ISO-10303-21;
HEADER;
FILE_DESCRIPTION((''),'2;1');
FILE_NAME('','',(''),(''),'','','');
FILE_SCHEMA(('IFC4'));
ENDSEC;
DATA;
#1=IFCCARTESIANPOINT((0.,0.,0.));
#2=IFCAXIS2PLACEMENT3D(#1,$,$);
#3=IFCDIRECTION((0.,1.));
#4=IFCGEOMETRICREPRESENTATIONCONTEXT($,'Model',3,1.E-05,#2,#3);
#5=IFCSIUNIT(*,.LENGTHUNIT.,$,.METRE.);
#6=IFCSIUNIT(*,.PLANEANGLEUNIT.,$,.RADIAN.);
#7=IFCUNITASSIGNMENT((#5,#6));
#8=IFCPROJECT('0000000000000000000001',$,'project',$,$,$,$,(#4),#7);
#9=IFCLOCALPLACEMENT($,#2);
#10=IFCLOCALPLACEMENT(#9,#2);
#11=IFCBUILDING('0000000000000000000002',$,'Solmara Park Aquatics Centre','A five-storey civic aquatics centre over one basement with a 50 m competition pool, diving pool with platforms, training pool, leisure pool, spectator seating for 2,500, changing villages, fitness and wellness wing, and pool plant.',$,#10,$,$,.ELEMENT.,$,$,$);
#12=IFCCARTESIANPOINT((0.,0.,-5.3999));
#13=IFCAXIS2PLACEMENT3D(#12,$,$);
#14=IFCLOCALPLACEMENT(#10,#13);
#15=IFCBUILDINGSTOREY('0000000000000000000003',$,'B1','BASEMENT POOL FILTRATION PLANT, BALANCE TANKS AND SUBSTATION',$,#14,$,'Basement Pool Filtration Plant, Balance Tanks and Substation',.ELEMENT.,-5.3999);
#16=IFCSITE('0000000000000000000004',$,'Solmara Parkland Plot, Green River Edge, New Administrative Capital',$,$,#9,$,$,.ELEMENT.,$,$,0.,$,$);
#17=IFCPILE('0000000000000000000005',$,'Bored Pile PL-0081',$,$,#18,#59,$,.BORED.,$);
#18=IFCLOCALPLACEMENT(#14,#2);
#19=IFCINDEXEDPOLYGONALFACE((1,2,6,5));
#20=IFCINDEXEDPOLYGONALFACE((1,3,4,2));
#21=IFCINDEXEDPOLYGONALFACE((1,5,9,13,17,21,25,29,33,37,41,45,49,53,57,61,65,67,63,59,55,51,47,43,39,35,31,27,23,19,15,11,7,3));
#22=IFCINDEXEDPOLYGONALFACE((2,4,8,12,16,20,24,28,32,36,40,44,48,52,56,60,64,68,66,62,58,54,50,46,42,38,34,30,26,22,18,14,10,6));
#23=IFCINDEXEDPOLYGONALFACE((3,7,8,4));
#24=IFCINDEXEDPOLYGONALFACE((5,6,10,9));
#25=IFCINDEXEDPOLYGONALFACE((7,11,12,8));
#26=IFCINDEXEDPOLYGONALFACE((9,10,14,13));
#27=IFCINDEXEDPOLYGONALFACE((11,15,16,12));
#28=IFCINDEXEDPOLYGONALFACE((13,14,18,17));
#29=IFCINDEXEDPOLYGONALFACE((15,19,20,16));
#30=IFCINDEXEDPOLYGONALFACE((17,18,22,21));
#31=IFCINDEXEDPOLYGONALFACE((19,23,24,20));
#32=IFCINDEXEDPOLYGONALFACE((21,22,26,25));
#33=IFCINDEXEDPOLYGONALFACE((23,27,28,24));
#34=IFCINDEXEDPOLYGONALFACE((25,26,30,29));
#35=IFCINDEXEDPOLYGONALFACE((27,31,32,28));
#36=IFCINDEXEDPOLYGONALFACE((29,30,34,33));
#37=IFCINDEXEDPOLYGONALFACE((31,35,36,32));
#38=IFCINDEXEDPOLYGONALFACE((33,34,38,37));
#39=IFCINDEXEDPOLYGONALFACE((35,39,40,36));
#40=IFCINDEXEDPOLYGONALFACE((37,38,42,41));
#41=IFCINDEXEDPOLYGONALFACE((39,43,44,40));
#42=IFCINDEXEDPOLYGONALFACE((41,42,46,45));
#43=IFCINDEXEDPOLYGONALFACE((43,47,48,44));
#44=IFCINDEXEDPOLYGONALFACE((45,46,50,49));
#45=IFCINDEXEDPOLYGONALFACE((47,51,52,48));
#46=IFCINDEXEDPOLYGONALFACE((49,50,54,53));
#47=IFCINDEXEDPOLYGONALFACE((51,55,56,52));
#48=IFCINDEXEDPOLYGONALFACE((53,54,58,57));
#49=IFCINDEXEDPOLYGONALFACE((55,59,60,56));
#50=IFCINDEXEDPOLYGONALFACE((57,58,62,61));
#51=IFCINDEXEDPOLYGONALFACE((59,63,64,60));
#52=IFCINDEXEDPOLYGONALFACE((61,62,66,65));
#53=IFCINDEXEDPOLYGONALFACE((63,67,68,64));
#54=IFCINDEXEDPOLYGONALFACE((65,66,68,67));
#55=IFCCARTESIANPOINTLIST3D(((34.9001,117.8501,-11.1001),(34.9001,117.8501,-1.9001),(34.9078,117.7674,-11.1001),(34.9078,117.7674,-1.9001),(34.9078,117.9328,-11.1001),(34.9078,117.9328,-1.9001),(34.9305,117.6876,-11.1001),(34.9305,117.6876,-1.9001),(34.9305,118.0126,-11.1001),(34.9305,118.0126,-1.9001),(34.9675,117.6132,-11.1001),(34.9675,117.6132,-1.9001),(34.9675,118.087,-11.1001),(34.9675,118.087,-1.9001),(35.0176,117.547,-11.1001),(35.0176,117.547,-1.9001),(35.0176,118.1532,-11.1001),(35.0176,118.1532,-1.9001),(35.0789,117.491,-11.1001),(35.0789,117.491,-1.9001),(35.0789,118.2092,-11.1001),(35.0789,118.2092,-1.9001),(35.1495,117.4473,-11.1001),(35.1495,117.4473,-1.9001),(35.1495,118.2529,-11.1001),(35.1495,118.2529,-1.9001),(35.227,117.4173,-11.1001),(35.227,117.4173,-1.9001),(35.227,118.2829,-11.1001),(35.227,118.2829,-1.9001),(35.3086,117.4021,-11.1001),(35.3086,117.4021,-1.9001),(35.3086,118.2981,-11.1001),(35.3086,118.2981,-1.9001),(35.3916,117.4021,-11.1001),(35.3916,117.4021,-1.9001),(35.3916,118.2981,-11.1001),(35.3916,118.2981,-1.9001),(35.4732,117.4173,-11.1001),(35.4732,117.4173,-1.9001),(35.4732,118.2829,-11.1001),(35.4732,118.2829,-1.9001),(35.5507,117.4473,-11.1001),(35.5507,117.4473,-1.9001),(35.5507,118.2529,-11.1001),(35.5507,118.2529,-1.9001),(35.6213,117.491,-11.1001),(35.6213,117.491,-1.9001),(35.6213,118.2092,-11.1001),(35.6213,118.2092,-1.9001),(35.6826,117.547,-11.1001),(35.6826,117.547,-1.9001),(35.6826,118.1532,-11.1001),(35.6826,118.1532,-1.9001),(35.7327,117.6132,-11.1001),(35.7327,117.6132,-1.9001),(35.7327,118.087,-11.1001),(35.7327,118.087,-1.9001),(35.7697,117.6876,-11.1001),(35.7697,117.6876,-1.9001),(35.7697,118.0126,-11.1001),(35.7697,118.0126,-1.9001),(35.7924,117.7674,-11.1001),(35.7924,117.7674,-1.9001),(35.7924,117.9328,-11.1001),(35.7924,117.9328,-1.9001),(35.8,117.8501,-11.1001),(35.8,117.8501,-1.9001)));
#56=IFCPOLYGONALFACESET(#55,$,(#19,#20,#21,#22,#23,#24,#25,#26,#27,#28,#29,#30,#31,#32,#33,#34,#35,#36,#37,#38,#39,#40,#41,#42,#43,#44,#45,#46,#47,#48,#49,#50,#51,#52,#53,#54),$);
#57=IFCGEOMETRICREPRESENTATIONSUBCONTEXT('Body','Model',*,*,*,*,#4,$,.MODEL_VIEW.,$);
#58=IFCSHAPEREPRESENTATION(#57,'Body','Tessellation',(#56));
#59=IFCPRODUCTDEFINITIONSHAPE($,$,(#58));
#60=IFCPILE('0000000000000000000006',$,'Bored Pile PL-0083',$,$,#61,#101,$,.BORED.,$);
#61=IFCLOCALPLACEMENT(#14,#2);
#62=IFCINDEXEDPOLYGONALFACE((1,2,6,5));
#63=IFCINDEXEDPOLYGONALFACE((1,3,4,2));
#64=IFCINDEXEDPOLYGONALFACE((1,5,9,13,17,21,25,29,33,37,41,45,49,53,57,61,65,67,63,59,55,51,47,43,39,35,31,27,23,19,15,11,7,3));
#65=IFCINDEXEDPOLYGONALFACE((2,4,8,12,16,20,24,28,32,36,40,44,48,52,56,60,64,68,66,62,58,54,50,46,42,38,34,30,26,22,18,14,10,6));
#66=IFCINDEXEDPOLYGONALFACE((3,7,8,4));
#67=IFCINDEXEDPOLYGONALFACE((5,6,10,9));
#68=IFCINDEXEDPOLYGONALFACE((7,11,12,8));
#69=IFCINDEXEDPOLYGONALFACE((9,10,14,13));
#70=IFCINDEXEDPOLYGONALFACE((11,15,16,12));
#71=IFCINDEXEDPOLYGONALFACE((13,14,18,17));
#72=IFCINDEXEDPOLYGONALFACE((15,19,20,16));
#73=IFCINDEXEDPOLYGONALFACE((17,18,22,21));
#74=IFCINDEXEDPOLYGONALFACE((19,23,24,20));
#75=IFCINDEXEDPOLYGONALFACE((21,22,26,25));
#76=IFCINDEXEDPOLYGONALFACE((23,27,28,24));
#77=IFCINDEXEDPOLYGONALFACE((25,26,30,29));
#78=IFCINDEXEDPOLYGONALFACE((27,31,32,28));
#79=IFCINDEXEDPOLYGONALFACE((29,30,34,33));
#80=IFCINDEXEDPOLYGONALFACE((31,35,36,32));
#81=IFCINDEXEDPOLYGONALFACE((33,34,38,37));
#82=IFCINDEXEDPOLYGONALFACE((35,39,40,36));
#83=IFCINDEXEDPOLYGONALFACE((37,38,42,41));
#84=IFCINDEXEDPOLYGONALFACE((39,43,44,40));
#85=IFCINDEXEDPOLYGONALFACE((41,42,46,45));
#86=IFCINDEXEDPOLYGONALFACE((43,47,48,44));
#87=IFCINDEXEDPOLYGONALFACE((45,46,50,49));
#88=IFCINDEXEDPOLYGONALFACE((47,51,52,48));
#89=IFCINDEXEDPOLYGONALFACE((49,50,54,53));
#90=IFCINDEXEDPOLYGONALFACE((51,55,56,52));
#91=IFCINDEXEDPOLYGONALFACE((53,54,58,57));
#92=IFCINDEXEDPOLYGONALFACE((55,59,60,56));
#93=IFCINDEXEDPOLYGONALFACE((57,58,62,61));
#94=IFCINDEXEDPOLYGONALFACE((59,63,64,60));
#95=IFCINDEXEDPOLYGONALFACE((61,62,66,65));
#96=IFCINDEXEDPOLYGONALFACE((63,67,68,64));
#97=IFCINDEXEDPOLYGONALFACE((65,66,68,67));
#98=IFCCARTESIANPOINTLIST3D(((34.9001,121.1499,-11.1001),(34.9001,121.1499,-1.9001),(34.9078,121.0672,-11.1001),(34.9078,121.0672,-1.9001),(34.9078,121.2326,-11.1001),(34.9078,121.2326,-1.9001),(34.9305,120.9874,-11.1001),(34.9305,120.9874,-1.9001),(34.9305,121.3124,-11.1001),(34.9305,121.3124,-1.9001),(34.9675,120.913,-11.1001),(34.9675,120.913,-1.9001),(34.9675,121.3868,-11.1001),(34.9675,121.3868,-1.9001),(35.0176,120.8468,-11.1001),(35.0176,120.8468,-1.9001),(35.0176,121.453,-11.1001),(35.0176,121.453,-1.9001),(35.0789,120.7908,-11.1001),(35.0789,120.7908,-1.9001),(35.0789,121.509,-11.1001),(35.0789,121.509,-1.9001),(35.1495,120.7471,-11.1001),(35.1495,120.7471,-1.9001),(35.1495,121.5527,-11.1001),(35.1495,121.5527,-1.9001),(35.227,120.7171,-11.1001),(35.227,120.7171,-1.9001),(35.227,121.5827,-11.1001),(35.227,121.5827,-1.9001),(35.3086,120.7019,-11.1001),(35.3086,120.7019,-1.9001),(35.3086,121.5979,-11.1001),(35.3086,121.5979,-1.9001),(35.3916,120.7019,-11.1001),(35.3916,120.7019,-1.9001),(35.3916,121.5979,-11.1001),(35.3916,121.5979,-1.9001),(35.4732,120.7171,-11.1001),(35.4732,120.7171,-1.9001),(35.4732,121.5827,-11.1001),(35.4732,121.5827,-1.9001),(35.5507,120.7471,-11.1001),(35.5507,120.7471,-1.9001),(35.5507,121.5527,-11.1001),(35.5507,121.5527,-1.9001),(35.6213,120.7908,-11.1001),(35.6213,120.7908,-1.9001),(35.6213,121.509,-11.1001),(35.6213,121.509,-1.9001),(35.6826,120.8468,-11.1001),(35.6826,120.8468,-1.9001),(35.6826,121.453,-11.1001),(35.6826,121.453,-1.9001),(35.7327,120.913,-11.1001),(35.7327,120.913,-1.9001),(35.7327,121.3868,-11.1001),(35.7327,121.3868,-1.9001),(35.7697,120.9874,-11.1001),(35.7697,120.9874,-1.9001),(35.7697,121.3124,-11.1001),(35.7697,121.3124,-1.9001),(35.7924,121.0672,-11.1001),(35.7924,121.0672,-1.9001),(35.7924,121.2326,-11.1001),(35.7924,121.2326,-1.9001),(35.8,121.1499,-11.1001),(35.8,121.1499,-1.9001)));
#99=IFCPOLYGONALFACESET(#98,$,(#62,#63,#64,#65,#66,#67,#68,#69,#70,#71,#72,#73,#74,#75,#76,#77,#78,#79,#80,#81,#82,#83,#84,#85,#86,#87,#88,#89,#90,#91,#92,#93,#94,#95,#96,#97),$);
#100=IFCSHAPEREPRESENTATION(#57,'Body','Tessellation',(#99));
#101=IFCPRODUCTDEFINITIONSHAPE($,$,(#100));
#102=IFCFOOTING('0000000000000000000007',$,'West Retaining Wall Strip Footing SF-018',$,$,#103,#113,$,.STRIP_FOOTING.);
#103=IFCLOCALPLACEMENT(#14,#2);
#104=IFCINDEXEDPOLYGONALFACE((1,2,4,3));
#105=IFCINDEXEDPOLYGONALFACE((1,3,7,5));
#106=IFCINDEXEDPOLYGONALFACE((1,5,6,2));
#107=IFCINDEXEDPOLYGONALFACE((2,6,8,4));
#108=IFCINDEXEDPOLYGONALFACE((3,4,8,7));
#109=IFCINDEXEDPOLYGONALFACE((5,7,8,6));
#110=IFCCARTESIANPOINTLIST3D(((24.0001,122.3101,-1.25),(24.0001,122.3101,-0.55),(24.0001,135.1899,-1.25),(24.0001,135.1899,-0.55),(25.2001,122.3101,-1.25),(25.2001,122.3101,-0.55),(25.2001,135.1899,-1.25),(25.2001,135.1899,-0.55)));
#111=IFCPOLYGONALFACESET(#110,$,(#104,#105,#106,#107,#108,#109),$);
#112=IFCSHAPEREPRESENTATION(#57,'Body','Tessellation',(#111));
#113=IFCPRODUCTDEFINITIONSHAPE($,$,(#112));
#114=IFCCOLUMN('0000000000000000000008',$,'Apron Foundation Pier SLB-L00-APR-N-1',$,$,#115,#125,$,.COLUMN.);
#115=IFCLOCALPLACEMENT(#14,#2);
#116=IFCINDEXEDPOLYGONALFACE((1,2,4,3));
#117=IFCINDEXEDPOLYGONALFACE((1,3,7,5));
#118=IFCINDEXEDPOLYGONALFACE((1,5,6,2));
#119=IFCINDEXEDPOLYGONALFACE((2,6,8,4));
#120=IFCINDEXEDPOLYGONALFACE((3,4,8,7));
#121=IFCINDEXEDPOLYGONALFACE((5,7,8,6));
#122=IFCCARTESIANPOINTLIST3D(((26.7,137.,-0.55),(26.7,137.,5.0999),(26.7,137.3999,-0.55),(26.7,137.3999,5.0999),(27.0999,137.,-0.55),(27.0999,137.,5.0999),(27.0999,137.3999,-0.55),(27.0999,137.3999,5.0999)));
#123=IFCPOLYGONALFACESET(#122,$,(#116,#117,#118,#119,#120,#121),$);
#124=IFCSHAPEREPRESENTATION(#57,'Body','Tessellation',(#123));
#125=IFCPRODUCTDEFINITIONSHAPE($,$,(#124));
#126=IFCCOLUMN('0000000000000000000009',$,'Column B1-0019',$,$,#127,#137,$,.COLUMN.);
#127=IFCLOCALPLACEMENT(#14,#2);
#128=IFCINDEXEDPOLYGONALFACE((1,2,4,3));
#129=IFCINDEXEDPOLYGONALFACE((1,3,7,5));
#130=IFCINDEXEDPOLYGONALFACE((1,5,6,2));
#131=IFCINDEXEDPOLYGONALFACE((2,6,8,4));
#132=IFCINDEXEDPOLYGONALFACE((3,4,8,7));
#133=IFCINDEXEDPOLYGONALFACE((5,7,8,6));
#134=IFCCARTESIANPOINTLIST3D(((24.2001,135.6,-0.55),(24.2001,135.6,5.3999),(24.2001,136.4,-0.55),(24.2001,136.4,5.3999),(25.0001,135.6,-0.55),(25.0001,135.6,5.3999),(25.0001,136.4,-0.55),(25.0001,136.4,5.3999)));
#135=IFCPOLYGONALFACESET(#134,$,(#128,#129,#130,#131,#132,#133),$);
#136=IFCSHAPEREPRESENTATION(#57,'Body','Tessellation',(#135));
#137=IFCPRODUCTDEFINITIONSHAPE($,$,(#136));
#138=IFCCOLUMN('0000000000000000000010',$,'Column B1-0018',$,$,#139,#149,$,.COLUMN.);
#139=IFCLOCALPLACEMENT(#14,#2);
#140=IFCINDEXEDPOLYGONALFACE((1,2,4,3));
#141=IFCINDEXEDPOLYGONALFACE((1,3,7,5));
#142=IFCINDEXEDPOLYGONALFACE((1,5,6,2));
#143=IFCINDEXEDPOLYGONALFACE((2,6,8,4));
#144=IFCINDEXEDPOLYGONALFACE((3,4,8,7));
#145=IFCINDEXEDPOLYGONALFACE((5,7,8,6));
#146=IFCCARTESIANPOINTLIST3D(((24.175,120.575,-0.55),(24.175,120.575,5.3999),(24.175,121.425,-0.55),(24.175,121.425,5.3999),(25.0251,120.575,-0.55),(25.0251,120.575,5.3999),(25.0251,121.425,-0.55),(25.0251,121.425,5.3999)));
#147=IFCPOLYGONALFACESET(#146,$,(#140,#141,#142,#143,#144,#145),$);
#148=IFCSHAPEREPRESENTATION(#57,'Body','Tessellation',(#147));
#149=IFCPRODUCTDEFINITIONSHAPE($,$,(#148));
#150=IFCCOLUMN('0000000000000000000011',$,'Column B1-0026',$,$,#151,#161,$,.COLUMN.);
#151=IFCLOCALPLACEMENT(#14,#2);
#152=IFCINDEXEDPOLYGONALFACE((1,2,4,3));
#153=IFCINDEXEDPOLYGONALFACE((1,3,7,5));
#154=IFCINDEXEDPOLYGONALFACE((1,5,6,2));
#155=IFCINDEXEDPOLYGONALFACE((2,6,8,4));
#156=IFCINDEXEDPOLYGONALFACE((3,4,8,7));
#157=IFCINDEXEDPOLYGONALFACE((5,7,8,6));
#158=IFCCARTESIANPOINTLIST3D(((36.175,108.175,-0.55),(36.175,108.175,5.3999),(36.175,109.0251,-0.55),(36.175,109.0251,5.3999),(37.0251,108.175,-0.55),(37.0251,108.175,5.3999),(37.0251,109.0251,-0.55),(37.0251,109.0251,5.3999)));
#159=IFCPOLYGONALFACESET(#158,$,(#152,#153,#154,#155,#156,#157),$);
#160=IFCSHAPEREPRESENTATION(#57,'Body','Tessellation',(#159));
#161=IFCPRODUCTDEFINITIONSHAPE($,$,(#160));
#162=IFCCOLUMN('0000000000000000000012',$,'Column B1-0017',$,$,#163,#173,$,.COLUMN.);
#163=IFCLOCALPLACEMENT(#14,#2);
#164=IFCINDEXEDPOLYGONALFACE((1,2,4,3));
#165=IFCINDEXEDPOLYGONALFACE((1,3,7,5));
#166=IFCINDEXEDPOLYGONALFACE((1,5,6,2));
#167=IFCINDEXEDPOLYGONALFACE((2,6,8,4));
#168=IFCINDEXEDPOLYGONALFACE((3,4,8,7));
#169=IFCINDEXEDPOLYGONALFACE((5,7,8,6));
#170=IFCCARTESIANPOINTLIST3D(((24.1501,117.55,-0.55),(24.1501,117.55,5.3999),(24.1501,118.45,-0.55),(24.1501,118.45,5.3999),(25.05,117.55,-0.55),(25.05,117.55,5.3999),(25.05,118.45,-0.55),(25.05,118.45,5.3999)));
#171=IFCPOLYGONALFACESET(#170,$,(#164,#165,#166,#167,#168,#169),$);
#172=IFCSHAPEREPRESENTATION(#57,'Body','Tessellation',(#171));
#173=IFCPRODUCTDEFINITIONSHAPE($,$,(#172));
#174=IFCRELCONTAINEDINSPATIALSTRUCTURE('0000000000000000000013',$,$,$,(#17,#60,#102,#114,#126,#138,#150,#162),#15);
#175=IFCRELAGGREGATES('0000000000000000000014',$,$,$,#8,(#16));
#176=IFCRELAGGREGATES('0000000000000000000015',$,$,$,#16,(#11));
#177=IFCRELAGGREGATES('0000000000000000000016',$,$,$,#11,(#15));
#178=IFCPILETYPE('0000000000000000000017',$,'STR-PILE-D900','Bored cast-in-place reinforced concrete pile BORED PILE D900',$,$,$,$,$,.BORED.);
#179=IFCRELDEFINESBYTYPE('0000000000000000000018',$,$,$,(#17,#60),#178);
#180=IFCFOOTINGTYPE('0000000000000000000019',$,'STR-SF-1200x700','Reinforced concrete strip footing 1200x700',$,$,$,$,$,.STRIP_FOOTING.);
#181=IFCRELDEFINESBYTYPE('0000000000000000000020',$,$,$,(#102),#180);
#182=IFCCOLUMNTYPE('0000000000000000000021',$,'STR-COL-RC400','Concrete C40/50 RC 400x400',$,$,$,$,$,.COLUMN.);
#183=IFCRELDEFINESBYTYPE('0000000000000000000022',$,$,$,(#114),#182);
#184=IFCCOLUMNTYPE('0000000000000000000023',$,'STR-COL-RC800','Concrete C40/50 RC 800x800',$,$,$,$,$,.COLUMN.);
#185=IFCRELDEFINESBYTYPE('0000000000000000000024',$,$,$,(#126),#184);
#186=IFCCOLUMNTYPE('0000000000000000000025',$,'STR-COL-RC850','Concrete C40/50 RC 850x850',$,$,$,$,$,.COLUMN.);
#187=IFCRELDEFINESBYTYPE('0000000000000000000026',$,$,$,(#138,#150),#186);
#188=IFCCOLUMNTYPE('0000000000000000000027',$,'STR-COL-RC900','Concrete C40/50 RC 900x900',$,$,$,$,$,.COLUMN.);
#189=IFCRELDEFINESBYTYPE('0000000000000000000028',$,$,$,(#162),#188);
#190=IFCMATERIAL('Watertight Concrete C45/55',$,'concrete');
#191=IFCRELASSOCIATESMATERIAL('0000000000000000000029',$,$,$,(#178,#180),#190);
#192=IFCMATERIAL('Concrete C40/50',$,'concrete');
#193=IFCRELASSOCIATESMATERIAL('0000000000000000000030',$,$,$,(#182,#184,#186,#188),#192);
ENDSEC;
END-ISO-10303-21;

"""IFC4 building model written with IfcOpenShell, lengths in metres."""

from ifc_helpers import new_model, si_unit, direction, frame, origin, origin_2d, place, context, subcontext, project, spatial, rectangle, circle, extrude, material, material_profile, profile_set, type_object, element, save


model = new_model("IFC4")

# Units and contexts
model_context = context("Model", 3, precision=1e-05, world=origin(), true_north=direction((0.0, 1.0)))
body_context = subcontext(model_context, "Body", "Model", "MODEL_VIEW")
ifc_project = project(units=[si_unit("LENGTHUNIT", "METRE"), si_unit("PLANEANGLEUNIT", "RADIAN")], contexts=[model_context])

# Site, building, storey
site_placement = place(None, origin())
site = spatial("IfcSite", under=ifc_project, at=site_placement, Name="Solmara Parkland Plot, Green River Edge, New Administrative Capital", CompositionType="ELEMENT", RefElevation=0.0)
building_placement = place(site_placement, origin())
building = spatial("IfcBuilding", under=site, at=building_placement, Name="Solmara Park Aquatics Centre", Description="A five-storey civic aquatics centre over one basement with a 50 m competition pool, diving pool with platforms, training pool, leisure pool, spectator seating for 2,500, changing villages, fitness and wellness wing, and pool plant.", CompositionType="ELEMENT")
storey_placement = place(building_placement, frame((0.0, 0.0, -5.3999)))
storey = spatial("IfcBuildingStorey", under=building, at=storey_placement, Name="B1", Description="BASEMENT POOL FILTRATION PLANT, BALANCE TANKS AND SUBSTATION", LongName="Basement Pool Filtration Plant, Balance Tanks and Substation", CompositionType="ELEMENT", Elevation=-5.3999)

# Shared definitions
ifc_material_1 = material(Name="Watertight Concrete C45/55", Category="concrete")

# Piles
ifc_material_profile_1 = material_profile(ifc_material_1, circle(Radius=0.45, at=origin_2d()), Name="BORED PILE D900")
ifc_profile_set_1 = profile_set([ifc_material_profile_1], Name="Watertight Concrete C45/55")
pile_type_1 = type_object("IfcPileType", Name="STR-PILE-D900", Description="Bored cast-in-place reinforced concrete pile BORED PILE D900", PredefinedType="BORED", material=ifc_profile_set_1)
for number, where, z_axis, x_axis, name in (
    (1, (35.3501, 117.8501, -1.9001), (0.0, 0.0, -1.0), (1.0, 0.0, 0.0), "Bored Pile PL-0081"),
    (2, (35.3501, 121.1499, -1.9001), (0.0, 0.0, -1.0), (1.0, 0.0, 0.0), "Bored Pile PL-0083"),
):
    element("IfcPile", number, at=place(storey_placement, frame(where, z_axis=z_axis, x_axis=x_axis)), inside=storey, type_object=pile_type_1, Name=name, PredefinedType="BORED", context=body_context, shape_type="SweptSolid", body=[
        extrude(circle(Radius=0.45, at=origin_2d()), origin(), (0.0, 0.0, 1.0), 9.2),
    ])

# Footing
footing_type_1 = type_object("IfcFootingType", Name="STR-SF-1200x700", Description="Reinforced concrete strip footing 1200x700", PredefinedType="STRIP_FOOTING", material=ifc_material_1)
footing_1_placement = place(storey_placement, frame((24.6001, 128.75, -1.25), z_axis=(0.0, 0.0, 1.0), x_axis=(1.0, 0.0, 0.0)))
element("IfcFooting", 3, at=footing_1_placement, inside=storey, type_object=footing_type_1, Name="West Retaining Wall Strip Footing SF-018", PredefinedType="STRIP_FOOTING", context=body_context, shape_type="SweptSolid", body=[
    extrude(rectangle(XDim=1.2, YDim=12.8799, at=origin_2d()), origin(), (0.0, 0.0, 1.0), 0.7),
])

# Columns
ifc_material_2 = material(Name="Concrete C40/50", Category="concrete")
ifc_material_profile_2 = material_profile(ifc_material_2, rectangle(XDim=0.3999, YDim=0.3999, at=origin_2d()), Name="RC 400x400")
ifc_profile_set_2 = profile_set([ifc_material_profile_2], Name="Concrete C40/50")
column_type_1 = type_object("IfcColumnType", Name="STR-COL-RC400", Description="Concrete C40/50 RC 400x400", PredefinedType="COLUMN", material=ifc_profile_set_2)
column_1_placement = place(storey_placement, frame((26.8999, 137.2, -0.55), z_axis=(0.0, 0.0, 1.0), x_axis=(1.0, 0.0, 0.0)))
element("IfcColumn", 4, at=column_1_placement, inside=storey, type_object=column_type_1, Name="Apron Foundation Pier SLB-L00-APR-N-1", PredefinedType="COLUMN", context=body_context, shape_type="SweptSolid", body=[
    extrude(rectangle(XDim=0.3999, YDim=0.3999, at=origin_2d()), origin(), (0.0, 0.0, 1.0), 5.6499),
])
ifc_material_profile_3 = material_profile(ifc_material_2, rectangle(XDim=0.8, YDim=0.8, at=origin_2d()), Name="RC 800x800")
ifc_profile_set_3 = profile_set([ifc_material_profile_3], Name="Concrete C40/50")
column_type_2 = type_object("IfcColumnType", Name="STR-COL-RC800", Description="Concrete C40/50 RC 800x800", PredefinedType="COLUMN", material=ifc_profile_set_3)
column_2_placement = place(storey_placement, frame((24.6001, 136.0, -0.55), z_axis=(0.0, 0.0, 1.0), x_axis=(1.0, 0.0, 0.0)))
element("IfcColumn", 5, at=column_2_placement, inside=storey, type_object=column_type_2, Name="Column B1-0019", PredefinedType="COLUMN", context=body_context, shape_type="SweptSolid", body=[
    extrude(rectangle(XDim=0.8, YDim=0.8, at=origin_2d()), origin(), (0.0, 0.0, 1.0), 5.95),
])
ifc_material_profile_4 = material_profile(ifc_material_2, rectangle(XDim=0.8501, YDim=0.8501, at=origin_2d()), Name="RC 850x850")
ifc_profile_set_4 = profile_set([ifc_material_profile_4], Name="Concrete C40/50")
column_type_3 = type_object("IfcColumnType", Name="STR-COL-RC850", Description="Concrete C40/50 RC 850x850", PredefinedType="COLUMN", material=ifc_profile_set_4)
for number, where, z_axis, x_axis, name in (
    (6, (24.6001, 121.0, -0.55), (0.0, 0.0, 1.0), (1.0, 0.0, 0.0), "Column B1-0018"),
    (7, (36.6001, 108.6001, -0.55), (0.0, 0.0, 1.0), (1.0, 0.0, 0.0), "Column B1-0026"),
):
    element("IfcColumn", number, at=place(storey_placement, frame(where, z_axis=z_axis, x_axis=x_axis)), inside=storey, type_object=column_type_3, Name=name, PredefinedType="COLUMN", context=body_context, shape_type="SweptSolid", body=[
        extrude(rectangle(XDim=0.8501, YDim=0.8501, at=origin_2d()), origin(), (0.0, 0.0, 1.0), 5.95),
    ])
ifc_material_profile_5 = material_profile(ifc_material_2, rectangle(XDim=0.8999, YDim=0.8999, at=origin_2d()), Name="RC 900x900")
ifc_profile_set_5 = profile_set([ifc_material_profile_5], Name="Concrete C40/50")
column_type_4 = type_object("IfcColumnType", Name="STR-COL-RC900", Description="Concrete C40/50 RC 900x900", PredefinedType="COLUMN", material=ifc_profile_set_5)
column_3_placement = place(storey_placement, frame((24.6001, 118.0, -0.55), z_axis=(0.0, 0.0, 1.0), x_axis=(1.0, 0.0, 0.0)))
element("IfcColumn", 8, at=column_3_placement, inside=storey, type_object=column_type_4, Name="Column B1-0017", PredefinedType="COLUMN", context=body_context, shape_type="SweptSolid", body=[
    extrude(rectangle(XDim=0.8999, YDim=0.8999, at=origin_2d()), origin(), (0.0, 0.0, 1.0), 5.95),
])

save(model, "model.ifc")
